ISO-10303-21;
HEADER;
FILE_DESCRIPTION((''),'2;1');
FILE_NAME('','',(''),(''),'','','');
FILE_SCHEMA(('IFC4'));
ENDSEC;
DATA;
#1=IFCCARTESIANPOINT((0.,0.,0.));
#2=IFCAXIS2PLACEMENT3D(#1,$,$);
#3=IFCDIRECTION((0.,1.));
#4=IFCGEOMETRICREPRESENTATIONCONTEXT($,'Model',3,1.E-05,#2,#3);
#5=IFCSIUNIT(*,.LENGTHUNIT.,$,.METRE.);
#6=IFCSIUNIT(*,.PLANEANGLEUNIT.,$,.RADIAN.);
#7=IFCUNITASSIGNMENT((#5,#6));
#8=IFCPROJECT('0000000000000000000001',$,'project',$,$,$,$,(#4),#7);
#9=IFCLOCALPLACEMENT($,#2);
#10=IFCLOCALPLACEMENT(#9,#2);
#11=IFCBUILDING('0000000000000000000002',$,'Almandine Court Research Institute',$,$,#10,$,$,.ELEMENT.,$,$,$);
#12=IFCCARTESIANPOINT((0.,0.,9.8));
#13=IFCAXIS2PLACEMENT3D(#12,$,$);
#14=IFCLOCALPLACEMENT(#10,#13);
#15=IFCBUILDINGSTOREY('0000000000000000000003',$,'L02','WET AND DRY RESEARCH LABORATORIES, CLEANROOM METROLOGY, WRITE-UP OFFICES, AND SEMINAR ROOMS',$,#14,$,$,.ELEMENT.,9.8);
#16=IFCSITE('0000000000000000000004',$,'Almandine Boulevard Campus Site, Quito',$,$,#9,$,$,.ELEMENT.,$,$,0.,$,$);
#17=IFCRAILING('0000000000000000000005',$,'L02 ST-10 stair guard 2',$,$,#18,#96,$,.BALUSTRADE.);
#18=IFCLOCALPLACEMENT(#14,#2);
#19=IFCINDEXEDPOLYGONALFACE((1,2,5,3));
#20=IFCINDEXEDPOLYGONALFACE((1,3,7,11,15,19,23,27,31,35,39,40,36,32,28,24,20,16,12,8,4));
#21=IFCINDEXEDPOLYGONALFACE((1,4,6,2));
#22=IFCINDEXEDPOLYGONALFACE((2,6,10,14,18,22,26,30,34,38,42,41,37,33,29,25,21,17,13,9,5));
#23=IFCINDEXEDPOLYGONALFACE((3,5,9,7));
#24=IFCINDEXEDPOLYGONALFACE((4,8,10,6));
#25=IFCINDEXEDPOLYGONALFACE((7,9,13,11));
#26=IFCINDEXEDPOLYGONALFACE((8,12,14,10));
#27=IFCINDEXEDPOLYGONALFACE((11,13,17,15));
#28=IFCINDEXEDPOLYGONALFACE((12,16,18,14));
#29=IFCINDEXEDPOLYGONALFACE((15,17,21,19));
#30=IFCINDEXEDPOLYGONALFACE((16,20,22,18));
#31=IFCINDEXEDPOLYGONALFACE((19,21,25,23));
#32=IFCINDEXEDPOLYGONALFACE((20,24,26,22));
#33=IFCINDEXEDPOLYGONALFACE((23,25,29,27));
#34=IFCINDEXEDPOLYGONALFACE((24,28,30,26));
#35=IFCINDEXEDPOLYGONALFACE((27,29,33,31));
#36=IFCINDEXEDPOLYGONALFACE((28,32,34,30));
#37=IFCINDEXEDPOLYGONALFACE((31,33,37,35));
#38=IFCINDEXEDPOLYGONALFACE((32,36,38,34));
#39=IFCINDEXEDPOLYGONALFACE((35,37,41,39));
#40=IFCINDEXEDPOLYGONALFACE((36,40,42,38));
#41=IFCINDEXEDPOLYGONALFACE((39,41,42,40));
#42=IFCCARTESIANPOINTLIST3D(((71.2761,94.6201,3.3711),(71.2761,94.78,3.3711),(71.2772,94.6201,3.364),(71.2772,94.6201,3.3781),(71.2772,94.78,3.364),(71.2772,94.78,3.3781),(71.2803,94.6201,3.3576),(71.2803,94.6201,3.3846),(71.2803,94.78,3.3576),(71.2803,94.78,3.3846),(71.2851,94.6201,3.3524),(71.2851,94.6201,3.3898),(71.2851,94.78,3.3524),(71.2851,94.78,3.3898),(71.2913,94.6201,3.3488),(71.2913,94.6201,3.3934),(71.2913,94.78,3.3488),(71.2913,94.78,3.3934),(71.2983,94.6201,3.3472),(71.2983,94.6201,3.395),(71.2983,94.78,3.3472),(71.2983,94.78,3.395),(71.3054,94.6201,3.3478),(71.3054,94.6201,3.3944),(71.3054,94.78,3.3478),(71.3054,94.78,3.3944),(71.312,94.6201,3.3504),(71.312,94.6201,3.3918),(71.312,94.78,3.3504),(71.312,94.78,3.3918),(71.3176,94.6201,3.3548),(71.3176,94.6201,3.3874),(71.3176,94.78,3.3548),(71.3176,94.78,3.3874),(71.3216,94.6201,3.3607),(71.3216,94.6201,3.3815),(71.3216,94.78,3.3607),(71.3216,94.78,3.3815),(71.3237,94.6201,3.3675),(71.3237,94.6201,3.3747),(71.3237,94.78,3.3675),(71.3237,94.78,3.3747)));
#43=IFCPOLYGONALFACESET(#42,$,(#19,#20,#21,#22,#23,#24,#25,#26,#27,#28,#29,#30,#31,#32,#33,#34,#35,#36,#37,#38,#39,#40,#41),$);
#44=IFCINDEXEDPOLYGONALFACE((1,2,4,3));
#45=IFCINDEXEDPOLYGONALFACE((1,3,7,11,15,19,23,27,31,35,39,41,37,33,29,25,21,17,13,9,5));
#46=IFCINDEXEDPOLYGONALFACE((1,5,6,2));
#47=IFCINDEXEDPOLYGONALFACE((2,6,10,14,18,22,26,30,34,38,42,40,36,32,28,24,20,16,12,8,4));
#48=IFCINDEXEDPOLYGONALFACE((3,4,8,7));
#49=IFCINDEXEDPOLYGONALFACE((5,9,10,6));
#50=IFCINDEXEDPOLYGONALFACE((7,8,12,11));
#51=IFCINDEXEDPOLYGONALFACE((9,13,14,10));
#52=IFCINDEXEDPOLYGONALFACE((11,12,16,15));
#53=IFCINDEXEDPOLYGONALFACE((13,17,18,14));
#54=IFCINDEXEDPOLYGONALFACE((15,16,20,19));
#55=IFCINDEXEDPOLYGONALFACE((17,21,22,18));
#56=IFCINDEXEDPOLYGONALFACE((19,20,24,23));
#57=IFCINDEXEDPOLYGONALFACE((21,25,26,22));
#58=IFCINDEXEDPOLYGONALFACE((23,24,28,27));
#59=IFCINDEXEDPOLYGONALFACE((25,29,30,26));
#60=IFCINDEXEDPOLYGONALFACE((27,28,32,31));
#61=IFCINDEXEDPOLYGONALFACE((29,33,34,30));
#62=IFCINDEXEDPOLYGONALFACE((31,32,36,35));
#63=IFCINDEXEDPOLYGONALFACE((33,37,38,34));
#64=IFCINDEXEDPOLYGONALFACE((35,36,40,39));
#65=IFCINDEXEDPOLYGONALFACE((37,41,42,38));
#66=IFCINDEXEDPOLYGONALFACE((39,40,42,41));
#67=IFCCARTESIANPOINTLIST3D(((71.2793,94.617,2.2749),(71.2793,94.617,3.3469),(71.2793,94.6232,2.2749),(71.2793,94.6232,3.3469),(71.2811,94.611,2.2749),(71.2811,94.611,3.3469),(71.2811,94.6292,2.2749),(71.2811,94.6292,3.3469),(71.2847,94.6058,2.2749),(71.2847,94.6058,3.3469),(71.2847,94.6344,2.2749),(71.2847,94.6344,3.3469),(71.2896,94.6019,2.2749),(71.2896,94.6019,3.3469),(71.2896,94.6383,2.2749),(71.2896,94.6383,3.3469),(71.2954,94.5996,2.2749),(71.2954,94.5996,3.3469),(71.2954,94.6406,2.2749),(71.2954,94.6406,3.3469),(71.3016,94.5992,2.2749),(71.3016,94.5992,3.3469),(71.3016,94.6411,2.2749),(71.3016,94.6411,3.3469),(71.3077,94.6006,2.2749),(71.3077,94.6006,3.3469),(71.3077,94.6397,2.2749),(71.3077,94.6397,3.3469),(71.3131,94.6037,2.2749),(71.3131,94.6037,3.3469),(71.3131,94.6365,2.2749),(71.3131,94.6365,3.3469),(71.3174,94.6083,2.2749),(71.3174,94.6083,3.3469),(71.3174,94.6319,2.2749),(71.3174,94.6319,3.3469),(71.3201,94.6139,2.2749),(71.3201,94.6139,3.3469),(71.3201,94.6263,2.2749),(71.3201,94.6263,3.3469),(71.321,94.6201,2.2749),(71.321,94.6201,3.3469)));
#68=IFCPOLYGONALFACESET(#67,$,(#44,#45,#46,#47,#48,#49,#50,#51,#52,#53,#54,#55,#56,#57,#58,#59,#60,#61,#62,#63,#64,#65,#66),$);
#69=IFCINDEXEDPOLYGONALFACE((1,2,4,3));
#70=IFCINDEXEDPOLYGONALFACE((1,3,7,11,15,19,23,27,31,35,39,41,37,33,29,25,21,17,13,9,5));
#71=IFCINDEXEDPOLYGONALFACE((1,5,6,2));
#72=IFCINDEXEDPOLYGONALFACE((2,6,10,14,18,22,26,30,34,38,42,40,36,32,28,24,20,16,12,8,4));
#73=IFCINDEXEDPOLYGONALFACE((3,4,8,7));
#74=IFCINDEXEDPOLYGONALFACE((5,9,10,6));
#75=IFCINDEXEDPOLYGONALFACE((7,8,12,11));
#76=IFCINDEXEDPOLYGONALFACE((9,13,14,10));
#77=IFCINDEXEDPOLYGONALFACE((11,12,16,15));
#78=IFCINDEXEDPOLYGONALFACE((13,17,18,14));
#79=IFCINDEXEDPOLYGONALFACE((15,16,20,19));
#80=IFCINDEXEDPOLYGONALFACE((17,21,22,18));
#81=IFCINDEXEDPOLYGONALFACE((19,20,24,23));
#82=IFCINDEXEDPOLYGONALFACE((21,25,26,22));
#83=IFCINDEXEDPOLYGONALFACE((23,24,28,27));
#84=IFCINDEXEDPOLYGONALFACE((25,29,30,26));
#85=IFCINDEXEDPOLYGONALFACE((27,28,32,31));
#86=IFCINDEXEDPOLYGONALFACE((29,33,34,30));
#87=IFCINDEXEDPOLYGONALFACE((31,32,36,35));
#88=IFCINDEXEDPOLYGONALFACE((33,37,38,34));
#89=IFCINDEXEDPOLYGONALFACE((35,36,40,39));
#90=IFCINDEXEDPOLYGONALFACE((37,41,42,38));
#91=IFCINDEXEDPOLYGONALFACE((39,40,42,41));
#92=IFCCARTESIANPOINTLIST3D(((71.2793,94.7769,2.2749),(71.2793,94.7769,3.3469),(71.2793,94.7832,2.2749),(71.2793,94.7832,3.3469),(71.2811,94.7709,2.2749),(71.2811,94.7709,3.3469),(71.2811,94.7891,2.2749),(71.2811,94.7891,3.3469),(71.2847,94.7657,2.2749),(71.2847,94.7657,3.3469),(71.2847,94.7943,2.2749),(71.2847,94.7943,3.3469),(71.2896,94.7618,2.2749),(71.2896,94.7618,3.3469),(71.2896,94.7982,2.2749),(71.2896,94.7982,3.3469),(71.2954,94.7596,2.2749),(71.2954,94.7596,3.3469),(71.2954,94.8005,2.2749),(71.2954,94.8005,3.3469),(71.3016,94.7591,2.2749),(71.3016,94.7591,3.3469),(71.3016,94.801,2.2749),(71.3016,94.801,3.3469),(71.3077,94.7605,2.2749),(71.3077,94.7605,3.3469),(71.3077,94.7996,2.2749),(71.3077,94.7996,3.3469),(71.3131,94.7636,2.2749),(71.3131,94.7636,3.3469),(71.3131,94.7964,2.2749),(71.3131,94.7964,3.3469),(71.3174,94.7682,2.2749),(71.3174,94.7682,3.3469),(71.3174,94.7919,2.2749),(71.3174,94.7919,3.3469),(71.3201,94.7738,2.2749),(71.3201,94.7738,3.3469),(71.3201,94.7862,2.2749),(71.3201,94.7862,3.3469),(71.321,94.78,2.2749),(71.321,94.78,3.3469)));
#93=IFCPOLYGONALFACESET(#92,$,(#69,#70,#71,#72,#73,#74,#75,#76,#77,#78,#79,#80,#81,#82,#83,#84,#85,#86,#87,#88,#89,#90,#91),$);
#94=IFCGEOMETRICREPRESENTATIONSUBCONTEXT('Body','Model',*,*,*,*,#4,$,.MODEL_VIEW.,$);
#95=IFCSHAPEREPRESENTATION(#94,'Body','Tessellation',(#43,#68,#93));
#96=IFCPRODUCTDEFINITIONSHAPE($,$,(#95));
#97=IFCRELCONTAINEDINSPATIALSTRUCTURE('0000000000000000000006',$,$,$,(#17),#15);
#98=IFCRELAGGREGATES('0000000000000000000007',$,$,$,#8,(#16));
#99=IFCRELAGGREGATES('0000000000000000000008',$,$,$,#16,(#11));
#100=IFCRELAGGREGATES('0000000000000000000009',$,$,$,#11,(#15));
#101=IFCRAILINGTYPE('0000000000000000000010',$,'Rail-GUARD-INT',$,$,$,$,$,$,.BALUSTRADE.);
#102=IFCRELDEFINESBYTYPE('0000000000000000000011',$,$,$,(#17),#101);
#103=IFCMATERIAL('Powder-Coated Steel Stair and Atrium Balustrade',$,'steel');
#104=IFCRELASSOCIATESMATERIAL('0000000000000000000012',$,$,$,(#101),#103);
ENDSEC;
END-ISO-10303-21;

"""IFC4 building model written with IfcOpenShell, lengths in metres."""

from ifc_helpers import new_model, si_unit, direction, frame, origin, origin_2d, place, context, subcontext, project, spatial, circle, extrude, material, type_object, element, save


model = new_model("IFC4")

# Units and contexts
model_context = context("Model", 3, precision=1e-05, world=origin(), true_north=direction((0.0, 1.0)))
body_context = subcontext(model_context, "Body", "Model", "MODEL_VIEW")
ifc_project = project(units=[si_unit("LENGTHUNIT", "METRE"), si_unit("PLANEANGLEUNIT", "RADIAN")], contexts=[model_context])

# Site, building, storey
site_placement = place(None, origin())
site = spatial("IfcSite", under=ifc_project, at=site_placement, Name="Almandine Boulevard Campus Site, Quito", CompositionType="ELEMENT", RefElevation=0.0)
building_placement = place(site_placement, origin())
building = spatial("IfcBuilding", under=site, at=building_placement, Name="Almandine Court Research Institute", CompositionType="ELEMENT")
storey_placement = place(building_placement, frame((0.0, 0.0, 9.8)))
storey = spatial("IfcBuildingStorey", under=building, at=storey_placement, Name="L02", Description="WET AND DRY RESEARCH LABORATORIES, CLEANROOM METROLOGY, WRITE-UP OFFICES, AND SEMINAR ROOMS", CompositionType="ELEMENT", Elevation=9.8)

# Railing
ifc_material_1 = material(Name="Powder-Coated Steel Stair and Atrium Balustrade", Category="steel")
railing_type_1 = type_object("IfcRailingType", Name="Rail-GUARD-INT", PredefinedType="BALUSTRADE", material=ifc_material_1)
railing_1_placement = place(storey_placement, frame((71.3, 94.6201, 2.2749)))
element("IfcRailing", 1, at=railing_1_placement, inside=storey, type_object=railing_type_1, Name="L02 ST-10 stair guard 2", PredefinedType="BALUSTRADE", context=body_context, shape_type="SweptSolid", body=[
    extrude(circle(Radius=0.0239, at=origin_2d()), frame((0.0, 0.0, 1.0962), z_axis=(0.0, 1.0, 0.0), x_axis=(-1.0, 0.0, 0.0)), (0.0, 0.0, 1.0), 0.1599),
    extrude(circle(Radius=0.021, at=origin_2d()), origin(), (0.0, 0.0, 1.0), 1.072),
    extrude(circle(Radius=0.021, at=origin_2d()), frame((0.0, 0.1599, 0.0)), (0.0, 0.0, 1.0), 1.072),
])

save(model, "model.ifc")
